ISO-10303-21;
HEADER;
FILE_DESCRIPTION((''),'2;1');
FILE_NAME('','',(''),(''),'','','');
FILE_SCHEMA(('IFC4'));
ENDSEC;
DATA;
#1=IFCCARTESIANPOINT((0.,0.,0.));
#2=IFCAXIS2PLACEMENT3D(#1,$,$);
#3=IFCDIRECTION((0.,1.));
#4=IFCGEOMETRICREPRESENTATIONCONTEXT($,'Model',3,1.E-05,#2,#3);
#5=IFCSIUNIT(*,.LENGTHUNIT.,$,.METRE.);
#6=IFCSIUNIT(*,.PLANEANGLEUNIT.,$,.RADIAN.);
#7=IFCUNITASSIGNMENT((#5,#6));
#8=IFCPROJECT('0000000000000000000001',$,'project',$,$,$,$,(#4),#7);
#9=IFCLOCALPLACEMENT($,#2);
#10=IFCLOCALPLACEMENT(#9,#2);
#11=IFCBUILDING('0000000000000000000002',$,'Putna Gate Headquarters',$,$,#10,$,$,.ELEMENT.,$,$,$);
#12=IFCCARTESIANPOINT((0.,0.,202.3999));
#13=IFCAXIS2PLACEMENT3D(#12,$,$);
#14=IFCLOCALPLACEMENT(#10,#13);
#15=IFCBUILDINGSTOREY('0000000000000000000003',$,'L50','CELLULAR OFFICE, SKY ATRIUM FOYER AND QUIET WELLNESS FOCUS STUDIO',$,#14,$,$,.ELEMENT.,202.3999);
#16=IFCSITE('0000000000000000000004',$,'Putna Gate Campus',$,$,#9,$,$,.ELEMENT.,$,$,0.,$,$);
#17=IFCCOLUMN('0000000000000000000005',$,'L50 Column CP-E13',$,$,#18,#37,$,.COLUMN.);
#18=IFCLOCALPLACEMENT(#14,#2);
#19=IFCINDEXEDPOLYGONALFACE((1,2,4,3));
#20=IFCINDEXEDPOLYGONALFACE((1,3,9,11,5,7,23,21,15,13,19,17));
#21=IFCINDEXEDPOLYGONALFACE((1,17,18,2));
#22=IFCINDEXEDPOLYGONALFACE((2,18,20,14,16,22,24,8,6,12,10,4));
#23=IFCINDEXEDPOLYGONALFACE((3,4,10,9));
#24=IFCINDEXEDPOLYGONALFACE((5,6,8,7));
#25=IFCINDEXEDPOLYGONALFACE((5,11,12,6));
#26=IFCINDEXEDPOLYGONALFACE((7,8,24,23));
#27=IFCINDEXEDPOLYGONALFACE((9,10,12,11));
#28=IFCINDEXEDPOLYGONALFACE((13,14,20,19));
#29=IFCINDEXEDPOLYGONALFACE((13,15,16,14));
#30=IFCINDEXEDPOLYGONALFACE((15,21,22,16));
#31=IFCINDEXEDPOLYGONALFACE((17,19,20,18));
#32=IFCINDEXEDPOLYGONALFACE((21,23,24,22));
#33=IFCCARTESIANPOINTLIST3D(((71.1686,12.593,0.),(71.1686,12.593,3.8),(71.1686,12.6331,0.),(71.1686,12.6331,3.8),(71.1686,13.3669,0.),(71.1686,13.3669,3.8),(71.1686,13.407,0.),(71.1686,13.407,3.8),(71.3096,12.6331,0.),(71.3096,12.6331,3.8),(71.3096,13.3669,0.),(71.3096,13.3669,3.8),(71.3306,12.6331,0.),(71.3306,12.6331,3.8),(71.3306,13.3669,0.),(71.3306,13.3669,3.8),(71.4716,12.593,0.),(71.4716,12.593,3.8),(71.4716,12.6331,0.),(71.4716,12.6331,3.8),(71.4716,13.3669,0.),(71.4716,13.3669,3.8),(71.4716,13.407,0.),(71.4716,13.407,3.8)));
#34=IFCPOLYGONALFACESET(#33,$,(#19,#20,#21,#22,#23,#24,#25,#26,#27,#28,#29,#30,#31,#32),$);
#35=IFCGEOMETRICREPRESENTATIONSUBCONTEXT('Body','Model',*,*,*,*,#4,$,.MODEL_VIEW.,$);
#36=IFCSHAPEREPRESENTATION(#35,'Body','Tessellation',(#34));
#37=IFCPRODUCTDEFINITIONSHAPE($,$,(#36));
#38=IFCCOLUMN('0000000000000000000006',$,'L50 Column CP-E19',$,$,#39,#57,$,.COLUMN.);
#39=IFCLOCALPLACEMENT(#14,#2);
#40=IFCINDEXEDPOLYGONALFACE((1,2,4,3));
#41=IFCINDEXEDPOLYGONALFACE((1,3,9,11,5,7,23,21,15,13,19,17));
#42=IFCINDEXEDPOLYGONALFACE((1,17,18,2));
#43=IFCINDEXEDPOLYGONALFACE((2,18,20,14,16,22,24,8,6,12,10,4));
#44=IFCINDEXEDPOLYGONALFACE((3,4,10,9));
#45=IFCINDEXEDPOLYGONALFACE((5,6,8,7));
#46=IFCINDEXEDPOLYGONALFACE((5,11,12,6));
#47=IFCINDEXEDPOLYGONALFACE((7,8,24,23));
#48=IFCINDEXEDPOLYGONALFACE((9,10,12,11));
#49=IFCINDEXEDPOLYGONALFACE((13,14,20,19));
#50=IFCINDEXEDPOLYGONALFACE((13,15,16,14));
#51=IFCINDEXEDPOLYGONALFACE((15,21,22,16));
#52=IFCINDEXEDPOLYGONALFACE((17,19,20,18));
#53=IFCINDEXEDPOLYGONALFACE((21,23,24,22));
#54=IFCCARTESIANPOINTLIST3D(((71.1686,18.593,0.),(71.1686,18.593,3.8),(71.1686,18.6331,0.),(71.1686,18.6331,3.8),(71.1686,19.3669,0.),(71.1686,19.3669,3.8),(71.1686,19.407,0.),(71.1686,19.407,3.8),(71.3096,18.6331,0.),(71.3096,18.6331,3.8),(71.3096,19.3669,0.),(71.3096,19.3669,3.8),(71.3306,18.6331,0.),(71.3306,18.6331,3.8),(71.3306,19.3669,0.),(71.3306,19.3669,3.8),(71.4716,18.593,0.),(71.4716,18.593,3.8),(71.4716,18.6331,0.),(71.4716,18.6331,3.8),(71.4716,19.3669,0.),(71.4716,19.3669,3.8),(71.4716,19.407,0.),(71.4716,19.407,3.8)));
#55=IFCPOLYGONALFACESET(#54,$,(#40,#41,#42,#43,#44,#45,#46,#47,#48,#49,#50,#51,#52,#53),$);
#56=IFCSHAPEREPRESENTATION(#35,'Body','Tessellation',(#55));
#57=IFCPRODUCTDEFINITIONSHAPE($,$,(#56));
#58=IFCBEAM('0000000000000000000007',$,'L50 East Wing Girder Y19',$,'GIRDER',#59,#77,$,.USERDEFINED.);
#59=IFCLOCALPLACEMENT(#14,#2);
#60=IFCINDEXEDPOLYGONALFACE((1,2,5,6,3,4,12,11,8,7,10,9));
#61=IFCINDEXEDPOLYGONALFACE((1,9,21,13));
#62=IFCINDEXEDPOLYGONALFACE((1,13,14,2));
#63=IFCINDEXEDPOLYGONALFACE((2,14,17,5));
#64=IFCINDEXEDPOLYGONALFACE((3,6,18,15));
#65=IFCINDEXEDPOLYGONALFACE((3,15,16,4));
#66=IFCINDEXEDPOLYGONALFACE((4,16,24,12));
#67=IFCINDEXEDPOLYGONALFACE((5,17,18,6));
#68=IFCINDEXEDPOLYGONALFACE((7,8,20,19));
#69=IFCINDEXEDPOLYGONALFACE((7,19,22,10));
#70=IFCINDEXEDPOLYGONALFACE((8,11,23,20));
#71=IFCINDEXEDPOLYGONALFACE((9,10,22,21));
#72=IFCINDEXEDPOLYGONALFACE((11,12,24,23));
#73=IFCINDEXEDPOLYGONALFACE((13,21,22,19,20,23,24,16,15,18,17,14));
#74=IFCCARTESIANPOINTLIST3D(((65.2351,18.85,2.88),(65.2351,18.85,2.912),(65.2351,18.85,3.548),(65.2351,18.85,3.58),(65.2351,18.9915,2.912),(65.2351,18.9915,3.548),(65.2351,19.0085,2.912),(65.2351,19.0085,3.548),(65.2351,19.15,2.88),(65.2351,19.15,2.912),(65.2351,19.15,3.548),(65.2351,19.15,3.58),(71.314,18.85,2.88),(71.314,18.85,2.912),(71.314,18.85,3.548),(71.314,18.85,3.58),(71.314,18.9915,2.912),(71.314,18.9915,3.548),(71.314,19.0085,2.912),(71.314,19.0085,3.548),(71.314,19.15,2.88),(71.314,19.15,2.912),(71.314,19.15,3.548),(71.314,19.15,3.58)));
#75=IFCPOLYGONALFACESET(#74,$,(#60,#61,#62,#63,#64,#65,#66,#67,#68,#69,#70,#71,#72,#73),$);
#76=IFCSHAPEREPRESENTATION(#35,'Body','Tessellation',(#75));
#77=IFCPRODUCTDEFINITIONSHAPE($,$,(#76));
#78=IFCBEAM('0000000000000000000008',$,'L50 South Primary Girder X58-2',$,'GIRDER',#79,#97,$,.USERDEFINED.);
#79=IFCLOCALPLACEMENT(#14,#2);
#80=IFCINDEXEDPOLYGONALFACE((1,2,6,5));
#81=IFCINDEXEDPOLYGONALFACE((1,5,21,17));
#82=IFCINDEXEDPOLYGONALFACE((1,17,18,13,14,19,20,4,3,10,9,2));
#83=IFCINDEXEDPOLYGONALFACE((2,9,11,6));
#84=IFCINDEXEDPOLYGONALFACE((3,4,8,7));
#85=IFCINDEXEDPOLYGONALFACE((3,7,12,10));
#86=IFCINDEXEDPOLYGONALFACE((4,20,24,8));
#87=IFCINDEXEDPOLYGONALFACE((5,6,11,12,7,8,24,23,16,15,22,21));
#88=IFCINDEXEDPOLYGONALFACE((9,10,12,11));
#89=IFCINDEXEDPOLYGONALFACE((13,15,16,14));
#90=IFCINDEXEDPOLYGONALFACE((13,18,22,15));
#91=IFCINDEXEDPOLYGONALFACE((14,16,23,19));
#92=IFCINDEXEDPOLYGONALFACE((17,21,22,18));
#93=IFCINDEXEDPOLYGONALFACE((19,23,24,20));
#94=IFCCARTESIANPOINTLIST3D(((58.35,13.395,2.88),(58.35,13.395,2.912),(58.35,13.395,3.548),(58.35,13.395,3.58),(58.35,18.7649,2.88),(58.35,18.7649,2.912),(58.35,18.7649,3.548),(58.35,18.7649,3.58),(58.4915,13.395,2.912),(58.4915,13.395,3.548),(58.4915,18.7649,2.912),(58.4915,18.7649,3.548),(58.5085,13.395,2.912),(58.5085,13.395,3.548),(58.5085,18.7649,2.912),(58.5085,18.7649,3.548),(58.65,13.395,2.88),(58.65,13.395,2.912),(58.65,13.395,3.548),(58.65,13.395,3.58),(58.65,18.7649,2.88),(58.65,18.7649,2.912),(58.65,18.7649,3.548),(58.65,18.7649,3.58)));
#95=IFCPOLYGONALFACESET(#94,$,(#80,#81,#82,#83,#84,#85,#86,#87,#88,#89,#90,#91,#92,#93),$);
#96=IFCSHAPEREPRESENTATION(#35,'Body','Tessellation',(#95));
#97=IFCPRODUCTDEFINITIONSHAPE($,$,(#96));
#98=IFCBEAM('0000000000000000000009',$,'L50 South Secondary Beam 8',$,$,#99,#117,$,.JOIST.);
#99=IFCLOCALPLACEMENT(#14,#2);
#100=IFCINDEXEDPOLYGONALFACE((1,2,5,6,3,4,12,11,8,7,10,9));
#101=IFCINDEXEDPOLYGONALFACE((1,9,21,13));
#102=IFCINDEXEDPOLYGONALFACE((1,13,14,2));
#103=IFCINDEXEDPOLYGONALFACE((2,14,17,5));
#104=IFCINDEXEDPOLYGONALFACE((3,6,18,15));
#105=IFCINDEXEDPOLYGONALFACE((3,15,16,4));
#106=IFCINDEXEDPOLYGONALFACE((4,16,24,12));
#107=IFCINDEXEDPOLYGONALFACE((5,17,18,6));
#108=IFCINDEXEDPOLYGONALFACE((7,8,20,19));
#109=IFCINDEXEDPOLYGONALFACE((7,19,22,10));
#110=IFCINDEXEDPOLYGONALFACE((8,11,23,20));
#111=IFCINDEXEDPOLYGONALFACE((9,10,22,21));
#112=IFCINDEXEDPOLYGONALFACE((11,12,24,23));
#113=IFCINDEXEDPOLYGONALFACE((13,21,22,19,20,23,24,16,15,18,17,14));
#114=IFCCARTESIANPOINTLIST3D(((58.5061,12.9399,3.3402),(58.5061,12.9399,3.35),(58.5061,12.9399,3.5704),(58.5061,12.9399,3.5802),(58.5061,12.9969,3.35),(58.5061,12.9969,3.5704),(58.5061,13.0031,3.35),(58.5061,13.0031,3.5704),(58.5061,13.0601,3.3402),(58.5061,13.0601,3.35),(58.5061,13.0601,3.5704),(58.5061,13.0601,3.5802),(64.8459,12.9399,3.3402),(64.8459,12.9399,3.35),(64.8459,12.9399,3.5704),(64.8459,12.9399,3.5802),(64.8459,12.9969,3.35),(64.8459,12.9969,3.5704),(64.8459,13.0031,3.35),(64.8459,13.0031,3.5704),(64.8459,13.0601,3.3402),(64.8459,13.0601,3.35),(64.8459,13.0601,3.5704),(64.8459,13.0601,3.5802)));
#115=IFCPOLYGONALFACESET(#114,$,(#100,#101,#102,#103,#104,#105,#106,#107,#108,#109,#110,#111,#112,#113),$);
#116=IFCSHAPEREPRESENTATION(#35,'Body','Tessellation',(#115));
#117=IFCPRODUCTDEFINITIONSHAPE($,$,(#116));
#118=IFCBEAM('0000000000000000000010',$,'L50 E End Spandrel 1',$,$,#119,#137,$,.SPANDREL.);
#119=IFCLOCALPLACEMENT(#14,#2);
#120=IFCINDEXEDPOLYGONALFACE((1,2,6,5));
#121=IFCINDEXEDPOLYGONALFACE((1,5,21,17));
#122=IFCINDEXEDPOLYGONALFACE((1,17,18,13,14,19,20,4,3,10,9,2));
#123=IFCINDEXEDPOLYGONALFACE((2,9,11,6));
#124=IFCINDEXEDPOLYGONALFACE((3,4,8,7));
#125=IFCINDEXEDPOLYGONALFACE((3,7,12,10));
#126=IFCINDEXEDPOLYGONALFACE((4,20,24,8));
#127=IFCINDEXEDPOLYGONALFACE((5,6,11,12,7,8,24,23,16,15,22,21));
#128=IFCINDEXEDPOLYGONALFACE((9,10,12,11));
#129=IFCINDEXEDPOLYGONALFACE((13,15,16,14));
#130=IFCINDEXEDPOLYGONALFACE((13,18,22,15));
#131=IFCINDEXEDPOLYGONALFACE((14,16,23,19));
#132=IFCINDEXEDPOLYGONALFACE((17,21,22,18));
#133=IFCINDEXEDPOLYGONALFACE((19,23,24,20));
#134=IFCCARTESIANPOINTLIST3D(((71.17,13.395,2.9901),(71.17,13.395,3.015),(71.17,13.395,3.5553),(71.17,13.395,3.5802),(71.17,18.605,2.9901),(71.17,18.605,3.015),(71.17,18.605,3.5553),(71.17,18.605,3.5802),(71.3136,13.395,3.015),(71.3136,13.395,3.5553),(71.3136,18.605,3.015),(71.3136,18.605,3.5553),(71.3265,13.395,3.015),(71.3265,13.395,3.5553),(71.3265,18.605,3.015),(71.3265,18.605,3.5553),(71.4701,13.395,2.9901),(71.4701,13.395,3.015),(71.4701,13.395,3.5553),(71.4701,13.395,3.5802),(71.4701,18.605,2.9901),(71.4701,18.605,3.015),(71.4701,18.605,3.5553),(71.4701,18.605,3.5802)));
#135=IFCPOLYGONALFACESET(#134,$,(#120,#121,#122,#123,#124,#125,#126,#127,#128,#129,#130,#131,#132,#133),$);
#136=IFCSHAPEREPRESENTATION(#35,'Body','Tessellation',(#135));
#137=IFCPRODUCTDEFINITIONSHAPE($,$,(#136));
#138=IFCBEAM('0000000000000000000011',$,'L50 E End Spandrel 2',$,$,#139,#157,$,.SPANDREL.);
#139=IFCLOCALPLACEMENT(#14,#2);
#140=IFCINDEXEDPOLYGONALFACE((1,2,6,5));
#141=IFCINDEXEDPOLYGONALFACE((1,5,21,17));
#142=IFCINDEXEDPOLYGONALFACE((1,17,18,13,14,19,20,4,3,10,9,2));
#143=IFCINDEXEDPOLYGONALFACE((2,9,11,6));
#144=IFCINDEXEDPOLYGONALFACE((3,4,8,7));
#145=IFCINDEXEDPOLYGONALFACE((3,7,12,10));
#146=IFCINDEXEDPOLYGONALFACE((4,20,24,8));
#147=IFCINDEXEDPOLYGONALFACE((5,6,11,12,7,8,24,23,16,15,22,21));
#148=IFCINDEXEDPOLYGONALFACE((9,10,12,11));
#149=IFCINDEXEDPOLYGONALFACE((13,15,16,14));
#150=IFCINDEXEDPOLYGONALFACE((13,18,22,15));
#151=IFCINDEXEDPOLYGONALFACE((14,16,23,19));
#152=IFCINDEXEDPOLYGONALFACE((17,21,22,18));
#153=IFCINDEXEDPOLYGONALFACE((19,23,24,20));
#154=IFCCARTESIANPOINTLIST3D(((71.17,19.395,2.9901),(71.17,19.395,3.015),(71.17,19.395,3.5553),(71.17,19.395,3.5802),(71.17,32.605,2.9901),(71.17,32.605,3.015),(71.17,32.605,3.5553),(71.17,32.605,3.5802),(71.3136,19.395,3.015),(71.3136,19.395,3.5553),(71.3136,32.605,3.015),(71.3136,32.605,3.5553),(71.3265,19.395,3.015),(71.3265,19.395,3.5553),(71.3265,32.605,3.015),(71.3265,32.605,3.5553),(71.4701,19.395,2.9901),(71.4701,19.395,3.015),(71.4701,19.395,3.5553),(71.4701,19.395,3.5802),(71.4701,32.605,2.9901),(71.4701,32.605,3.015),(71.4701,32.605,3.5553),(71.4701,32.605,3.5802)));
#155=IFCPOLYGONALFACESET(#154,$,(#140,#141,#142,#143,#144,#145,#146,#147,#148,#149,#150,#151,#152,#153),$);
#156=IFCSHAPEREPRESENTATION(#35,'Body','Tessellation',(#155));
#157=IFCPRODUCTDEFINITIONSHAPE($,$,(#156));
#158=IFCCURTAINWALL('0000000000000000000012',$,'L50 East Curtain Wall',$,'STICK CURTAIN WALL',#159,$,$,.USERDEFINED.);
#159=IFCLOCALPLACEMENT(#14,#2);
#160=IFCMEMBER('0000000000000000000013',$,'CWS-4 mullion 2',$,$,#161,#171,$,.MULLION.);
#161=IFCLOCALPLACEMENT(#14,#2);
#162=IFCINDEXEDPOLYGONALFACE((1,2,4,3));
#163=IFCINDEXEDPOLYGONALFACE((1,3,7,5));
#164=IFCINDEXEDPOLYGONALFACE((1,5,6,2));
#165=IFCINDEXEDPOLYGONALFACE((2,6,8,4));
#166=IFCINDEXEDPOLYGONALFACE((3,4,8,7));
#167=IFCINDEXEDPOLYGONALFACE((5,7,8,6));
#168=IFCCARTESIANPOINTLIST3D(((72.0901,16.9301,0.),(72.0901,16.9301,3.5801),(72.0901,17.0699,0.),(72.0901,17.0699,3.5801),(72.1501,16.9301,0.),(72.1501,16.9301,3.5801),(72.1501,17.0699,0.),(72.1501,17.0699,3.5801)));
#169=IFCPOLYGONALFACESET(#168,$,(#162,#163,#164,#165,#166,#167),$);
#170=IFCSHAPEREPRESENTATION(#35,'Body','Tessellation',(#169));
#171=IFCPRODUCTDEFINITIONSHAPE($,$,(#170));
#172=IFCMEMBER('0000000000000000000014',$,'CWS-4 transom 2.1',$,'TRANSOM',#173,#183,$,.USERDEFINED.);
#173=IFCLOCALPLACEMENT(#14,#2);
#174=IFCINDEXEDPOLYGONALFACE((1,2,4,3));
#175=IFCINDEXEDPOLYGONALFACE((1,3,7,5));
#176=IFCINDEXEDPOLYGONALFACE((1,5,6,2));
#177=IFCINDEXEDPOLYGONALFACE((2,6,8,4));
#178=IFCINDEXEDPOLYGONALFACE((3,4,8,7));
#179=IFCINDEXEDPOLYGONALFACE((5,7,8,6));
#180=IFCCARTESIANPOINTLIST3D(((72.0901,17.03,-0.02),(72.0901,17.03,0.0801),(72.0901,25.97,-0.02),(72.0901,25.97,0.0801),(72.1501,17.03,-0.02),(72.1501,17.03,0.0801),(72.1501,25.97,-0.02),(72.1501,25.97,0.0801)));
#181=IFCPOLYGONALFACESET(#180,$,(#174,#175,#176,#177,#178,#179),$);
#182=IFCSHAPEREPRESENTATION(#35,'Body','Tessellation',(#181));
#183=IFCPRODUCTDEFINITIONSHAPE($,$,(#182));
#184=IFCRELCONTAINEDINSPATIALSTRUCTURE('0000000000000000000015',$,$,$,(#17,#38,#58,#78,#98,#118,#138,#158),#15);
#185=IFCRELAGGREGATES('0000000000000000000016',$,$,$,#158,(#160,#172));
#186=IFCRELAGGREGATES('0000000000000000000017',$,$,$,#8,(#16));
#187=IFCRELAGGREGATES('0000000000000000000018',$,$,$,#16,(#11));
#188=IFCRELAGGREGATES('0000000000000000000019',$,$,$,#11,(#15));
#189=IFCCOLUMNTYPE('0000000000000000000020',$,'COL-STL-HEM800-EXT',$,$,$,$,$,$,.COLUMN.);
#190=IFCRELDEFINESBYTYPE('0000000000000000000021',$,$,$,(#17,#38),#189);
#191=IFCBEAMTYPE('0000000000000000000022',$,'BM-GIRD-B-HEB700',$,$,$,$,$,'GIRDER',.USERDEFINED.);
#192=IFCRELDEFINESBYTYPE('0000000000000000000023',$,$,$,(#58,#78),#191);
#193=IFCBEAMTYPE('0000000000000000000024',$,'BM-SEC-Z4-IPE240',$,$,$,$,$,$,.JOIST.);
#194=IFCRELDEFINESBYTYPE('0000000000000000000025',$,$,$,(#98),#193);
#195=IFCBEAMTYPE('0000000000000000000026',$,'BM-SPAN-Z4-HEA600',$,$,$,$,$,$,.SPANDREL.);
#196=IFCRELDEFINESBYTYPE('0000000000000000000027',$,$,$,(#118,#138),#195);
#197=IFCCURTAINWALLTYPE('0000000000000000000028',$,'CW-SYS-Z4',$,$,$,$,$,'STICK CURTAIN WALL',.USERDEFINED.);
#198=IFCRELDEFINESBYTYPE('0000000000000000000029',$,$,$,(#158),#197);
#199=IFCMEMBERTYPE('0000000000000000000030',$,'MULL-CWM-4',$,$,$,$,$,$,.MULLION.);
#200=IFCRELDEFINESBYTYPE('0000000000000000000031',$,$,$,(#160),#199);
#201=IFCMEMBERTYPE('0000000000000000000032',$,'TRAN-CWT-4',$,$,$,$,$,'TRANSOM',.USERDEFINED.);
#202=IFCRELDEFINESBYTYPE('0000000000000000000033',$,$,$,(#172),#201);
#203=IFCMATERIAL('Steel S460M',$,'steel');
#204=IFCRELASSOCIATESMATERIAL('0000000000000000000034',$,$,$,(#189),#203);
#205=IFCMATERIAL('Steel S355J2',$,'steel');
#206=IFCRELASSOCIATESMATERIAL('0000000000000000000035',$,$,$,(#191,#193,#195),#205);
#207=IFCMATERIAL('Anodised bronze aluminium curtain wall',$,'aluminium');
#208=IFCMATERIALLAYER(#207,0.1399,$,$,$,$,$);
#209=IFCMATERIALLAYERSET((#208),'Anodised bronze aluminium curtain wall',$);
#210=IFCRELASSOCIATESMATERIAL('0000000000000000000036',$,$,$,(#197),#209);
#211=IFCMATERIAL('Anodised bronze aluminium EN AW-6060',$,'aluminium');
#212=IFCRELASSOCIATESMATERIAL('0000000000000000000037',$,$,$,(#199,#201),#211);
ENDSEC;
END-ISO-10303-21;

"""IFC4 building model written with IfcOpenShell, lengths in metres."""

from ifc_helpers import new_model, si_unit, direction, frame, origin, origin_2d, place, context, subcontext, project, spatial, rectangle, i_section, extrude, material, layer, layer_set, material_profile, profile_set, type_object, element, aggregate, save


model = new_model("IFC4")

# Units and contexts
model_context = context("Model", 3, precision=1e-05, world=origin(), true_north=direction((0.0, 1.0)))
body_context = subcontext(model_context, "Body", "Model", "MODEL_VIEW")
ifc_project = project(units=[si_unit("LENGTHUNIT", "METRE"), si_unit("PLANEANGLEUNIT", "RADIAN")], contexts=[model_context])

# Site, building, storey
site_placement = place(None, origin())
site = spatial("IfcSite", under=ifc_project, at=site_placement, Name="Putna Gate Campus", CompositionType="ELEMENT", RefElevation=0.0)
building_placement = place(site_placement, origin())
building = spatial("IfcBuilding", under=site, at=building_placement, Name="Putna Gate Headquarters", CompositionType="ELEMENT")
storey_placement = place(building_placement, frame((0.0, 0.0, 202.3999)))
storey = spatial("IfcBuildingStorey", under=building, at=storey_placement, Name="L50", Description="CELLULAR OFFICE, SKY ATRIUM FOYER AND QUIET WELLNESS FOCUS STUDIO", CompositionType="ELEMENT", Elevation=202.3999)

# Columns
ifc_material_1 = material(Name="Steel S460M", Category="steel")
ifc_material_profile_1 = material_profile(ifc_material_1, i_section(OverallWidth=0.303, OverallDepth=0.814, WebThickness=0.021, FlangeThickness=0.04, at=origin_2d()), Name="Steel S460M")
ifc_profile_set_1 = profile_set([ifc_material_profile_1], Name="Steel S460M")
column_type = type_object("IfcColumnType", Name="COL-STL-HEM800-EXT", PredefinedType="COLUMN", material=ifc_profile_set_1)
for number, where, z_axis, x_axis, name in (
    (1, (71.3201, 13.0, 0.0), (0.0, 0.0, 1.0), (1.0, 0.0, 0.0), "L50 Column CP-E13"),
    (2, (71.3201, 19.0, 0.0), (0.0, 0.0, 1.0), (1.0, 0.0, 0.0), "L50 Column CP-E19"),
):
    element("IfcColumn", number, at=place(storey_placement, frame(where, z_axis=z_axis, x_axis=x_axis)), inside=storey, type_object=column_type, Name=name, PredefinedType="COLUMN", context=body_context, shape_type="SweptSolid", body=[
        extrude(i_section(OverallWidth=0.303, OverallDepth=0.814, WebThickness=0.021, FlangeThickness=0.04, at=origin_2d()), origin(), (0.0, 0.0, 1.0), 3.8),
    ])

# Beams
ifc_material_2 = material(Name="Steel S355J2", Category="steel")
ifc_material_profile_2 = material_profile(ifc_material_2, i_section(OverallWidth=0.3, OverallDepth=0.7, WebThickness=0.0171, FlangeThickness=0.032, at=origin_2d()), Name="Steel S355J2")
ifc_profile_set_2 = profile_set([ifc_material_profile_2], Name="Steel S355J2")
beam_type_1 = type_object("IfcBeamType", Name="BM-GIRD-B-HEB700", ElementType="GIRDER", PredefinedType="USERDEFINED", material=ifc_profile_set_2)
beam_1_placement = place(storey_placement, frame((65.2351, 19.0, 3.23), z_axis=(1.0, 0.0, 0.0), x_axis=(0.0, 1.0, 0.0)))
element("IfcBeam", 3, at=beam_1_placement, inside=storey, type_object=beam_type_1, Name="L50 East Wing Girder Y19", ObjectType="GIRDER", PredefinedType="USERDEFINED", context=body_context, shape_type="SweptSolid", body=[
    extrude(i_section(OverallWidth=0.3, OverallDepth=0.7, WebThickness=0.0171, FlangeThickness=0.032, at=origin_2d()), origin(), (0.0, 0.0, 1.0), 6.0789),
])
beam_2_placement = place(storey_placement, frame((58.5, 13.395, 3.23), z_axis=(0.0, 1.0, 0.0), x_axis=(-1.0, 0.0, 0.0)))
element("IfcBeam", 4, at=beam_2_placement, inside=storey, type_object=beam_type_1, Name="L50 South Primary Girder X58-2", ObjectType="GIRDER", PredefinedType="USERDEFINED", context=body_context, shape_type="SweptSolid", body=[
    extrude(i_section(OverallWidth=0.3, OverallDepth=0.7, WebThickness=0.0171, FlangeThickness=0.032, at=origin_2d()), origin(), (0.0, 0.0, 1.0), 5.3699),
])
ifc_material_profile_3 = material_profile(ifc_material_2, i_section(OverallWidth=0.1201, OverallDepth=0.24, WebThickness=0.0061, FlangeThickness=0.0098, at=origin_2d()), Name="Steel S355J2")
ifc_profile_set_3 = profile_set([ifc_material_profile_3], Name="Steel S355J2")
beam_type_2 = type_object("IfcBeamType", Name="BM-SEC-Z4-IPE240", PredefinedType="JOIST", material=ifc_profile_set_3)
beam_3_placement = place(storey_placement, frame((58.5061, 13.0, 3.4602), z_axis=(1.0, 0.0, 0.0), x_axis=(0.0, 1.0, 0.0)))
element("IfcBeam", 5, at=beam_3_placement, inside=storey, type_object=beam_type_2, Name="L50 South Secondary Beam 8", PredefinedType="JOIST", context=body_context, shape_type="SweptSolid", body=[
    extrude(i_section(OverallWidth=0.1201, OverallDepth=0.24, WebThickness=0.0061, FlangeThickness=0.0098, at=origin_2d()), origin(), (0.0, 0.0, 1.0), 6.3398),
])
ifc_material_profile_4 = material_profile(ifc_material_2, i_section(OverallWidth=0.3, OverallDepth=0.5901, WebThickness=0.0129, FlangeThickness=0.0249, at=origin_2d()), Name="Steel S355J2")
ifc_profile_set_4 = profile_set([ifc_material_profile_4], Name="Steel S355J2")
beam_type_3 = type_object("IfcBeamType", Name="BM-SPAN-Z4-HEA600", PredefinedType="SPANDREL", material=ifc_profile_set_4)
beam_4_placement = place(storey_placement, frame((71.3201, 13.395, 3.2852), z_axis=(0.0, 1.0, 0.0), x_axis=(-1.0, 0.0, 0.0)))
element("IfcBeam", 6, at=beam_4_placement, inside=storey, type_object=beam_type_3, Name="L50 E End Spandrel 1", PredefinedType="SPANDREL", context=body_context, shape_type="SweptSolid", body=[
    extrude(i_section(OverallWidth=0.3, OverallDepth=0.5901, WebThickness=0.0129, FlangeThickness=0.0249, at=origin_2d()), origin(), (0.0, 0.0, 1.0), 5.21),
])
beam_5_placement = place(storey_placement, frame((71.3201, 19.395, 3.2852), z_axis=(0.0, 1.0, 0.0), x_axis=(-1.0, 0.0, 0.0)))
element("IfcBeam", 7, at=beam_5_placement, inside=storey, type_object=beam_type_3, Name="L50 E End Spandrel 2", PredefinedType="SPANDREL", context=body_context, shape_type="SweptSolid", body=[
    extrude(i_section(OverallWidth=0.3, OverallDepth=0.5901, WebThickness=0.0129, FlangeThickness=0.0249, at=origin_2d()), origin(), (0.0, 0.0, 1.0), 13.21),
])

# Curtain wall, members
ifc_material_3 = material(Name="Anodised bronze aluminium curtain wall", Category="aluminium")
ifc_layer_1 = layer(ifc_material_3, 0.1399)
ifc_layer_set_1 = layer_set([ifc_layer_1], Name="Anodised bronze aluminium curtain wall")
curtain_wall_type = type_object("IfcCurtainWallType", Name="CW-SYS-Z4", ElementType="STICK CURTAIN WALL", PredefinedType="USERDEFINED", material=ifc_layer_set_1)
curtain_wall_placement = place(storey_placement, origin())
curtain_wall = element("IfcCurtainWall", 8, at=curtain_wall_placement, inside=storey, type_object=curtain_wall_type, Name="L50 East Curtain Wall", ObjectType="STICK CURTAIN WALL", PredefinedType="USERDEFINED")
ifc_material_4 = material(Name="Anodised bronze aluminium EN AW-6060", Category="aluminium")
ifc_material_profile_5 = material_profile(ifc_material_4, rectangle(XDim=0.0601, YDim=0.1399, at=origin_2d()), Name="Anodised bronze aluminium EN AW-6060")
ifc_profile_set_5 = profile_set([ifc_material_profile_5], Name="Anodised bronze aluminium EN AW-6060")
member_type_1 = type_object("IfcMemberType", Name="MULL-CWM-4", PredefinedType="MULLION", material=ifc_profile_set_5)
member_1_placement = place(storey_placement, frame((72.1201, 17.0, 0.0), z_axis=(0.0, 0.0, 1.0), x_axis=(-1.0, 0.0, 0.0)))
member_1 = element("IfcMember", 9, at=member_1_placement, type_object=member_type_1, Name="CWS-4 mullion 2", PredefinedType="MULLION", context=body_context, shape_type="SweptSolid", body=[
    extrude(rectangle(XDim=0.0601, YDim=0.1399, at=origin_2d()), origin(), (0.0, 0.0, 1.0), 3.5801),
])
ifc_material_profile_6 = material_profile(ifc_material_4, rectangle(XDim=0.0601, YDim=0.1001, at=origin_2d()), Name="Anodised bronze aluminium EN AW-6060")
ifc_profile_set_6 = profile_set([ifc_material_profile_6], Name="Anodised bronze aluminium EN AW-6060")
member_type_2 = type_object("IfcMemberType", Name="TRAN-CWT-4", ElementType="TRANSOM", PredefinedType="USERDEFINED", material=ifc_profile_set_6)
member_2_placement = place(storey_placement, frame((72.1201, 17.03, 0.03), z_axis=(0.0, 1.0, 0.0), x_axis=(-1.0, 0.0, 0.0)))
member_2 = element("IfcMember", 10, at=member_2_placement, type_object=member_type_2, Name="CWS-4 transom 2.1", ObjectType="TRANSOM", PredefinedType="USERDEFINED", context=body_context, shape_type="SweptSolid", body=[
    extrude(rectangle(XDim=0.0601, YDim=0.1001, at=origin_2d()), origin(), (0.0, 0.0, 1.0), 8.9399),
])
aggregate(curtain_wall, [member_1, member_2])

save(model, "model.ifc")
